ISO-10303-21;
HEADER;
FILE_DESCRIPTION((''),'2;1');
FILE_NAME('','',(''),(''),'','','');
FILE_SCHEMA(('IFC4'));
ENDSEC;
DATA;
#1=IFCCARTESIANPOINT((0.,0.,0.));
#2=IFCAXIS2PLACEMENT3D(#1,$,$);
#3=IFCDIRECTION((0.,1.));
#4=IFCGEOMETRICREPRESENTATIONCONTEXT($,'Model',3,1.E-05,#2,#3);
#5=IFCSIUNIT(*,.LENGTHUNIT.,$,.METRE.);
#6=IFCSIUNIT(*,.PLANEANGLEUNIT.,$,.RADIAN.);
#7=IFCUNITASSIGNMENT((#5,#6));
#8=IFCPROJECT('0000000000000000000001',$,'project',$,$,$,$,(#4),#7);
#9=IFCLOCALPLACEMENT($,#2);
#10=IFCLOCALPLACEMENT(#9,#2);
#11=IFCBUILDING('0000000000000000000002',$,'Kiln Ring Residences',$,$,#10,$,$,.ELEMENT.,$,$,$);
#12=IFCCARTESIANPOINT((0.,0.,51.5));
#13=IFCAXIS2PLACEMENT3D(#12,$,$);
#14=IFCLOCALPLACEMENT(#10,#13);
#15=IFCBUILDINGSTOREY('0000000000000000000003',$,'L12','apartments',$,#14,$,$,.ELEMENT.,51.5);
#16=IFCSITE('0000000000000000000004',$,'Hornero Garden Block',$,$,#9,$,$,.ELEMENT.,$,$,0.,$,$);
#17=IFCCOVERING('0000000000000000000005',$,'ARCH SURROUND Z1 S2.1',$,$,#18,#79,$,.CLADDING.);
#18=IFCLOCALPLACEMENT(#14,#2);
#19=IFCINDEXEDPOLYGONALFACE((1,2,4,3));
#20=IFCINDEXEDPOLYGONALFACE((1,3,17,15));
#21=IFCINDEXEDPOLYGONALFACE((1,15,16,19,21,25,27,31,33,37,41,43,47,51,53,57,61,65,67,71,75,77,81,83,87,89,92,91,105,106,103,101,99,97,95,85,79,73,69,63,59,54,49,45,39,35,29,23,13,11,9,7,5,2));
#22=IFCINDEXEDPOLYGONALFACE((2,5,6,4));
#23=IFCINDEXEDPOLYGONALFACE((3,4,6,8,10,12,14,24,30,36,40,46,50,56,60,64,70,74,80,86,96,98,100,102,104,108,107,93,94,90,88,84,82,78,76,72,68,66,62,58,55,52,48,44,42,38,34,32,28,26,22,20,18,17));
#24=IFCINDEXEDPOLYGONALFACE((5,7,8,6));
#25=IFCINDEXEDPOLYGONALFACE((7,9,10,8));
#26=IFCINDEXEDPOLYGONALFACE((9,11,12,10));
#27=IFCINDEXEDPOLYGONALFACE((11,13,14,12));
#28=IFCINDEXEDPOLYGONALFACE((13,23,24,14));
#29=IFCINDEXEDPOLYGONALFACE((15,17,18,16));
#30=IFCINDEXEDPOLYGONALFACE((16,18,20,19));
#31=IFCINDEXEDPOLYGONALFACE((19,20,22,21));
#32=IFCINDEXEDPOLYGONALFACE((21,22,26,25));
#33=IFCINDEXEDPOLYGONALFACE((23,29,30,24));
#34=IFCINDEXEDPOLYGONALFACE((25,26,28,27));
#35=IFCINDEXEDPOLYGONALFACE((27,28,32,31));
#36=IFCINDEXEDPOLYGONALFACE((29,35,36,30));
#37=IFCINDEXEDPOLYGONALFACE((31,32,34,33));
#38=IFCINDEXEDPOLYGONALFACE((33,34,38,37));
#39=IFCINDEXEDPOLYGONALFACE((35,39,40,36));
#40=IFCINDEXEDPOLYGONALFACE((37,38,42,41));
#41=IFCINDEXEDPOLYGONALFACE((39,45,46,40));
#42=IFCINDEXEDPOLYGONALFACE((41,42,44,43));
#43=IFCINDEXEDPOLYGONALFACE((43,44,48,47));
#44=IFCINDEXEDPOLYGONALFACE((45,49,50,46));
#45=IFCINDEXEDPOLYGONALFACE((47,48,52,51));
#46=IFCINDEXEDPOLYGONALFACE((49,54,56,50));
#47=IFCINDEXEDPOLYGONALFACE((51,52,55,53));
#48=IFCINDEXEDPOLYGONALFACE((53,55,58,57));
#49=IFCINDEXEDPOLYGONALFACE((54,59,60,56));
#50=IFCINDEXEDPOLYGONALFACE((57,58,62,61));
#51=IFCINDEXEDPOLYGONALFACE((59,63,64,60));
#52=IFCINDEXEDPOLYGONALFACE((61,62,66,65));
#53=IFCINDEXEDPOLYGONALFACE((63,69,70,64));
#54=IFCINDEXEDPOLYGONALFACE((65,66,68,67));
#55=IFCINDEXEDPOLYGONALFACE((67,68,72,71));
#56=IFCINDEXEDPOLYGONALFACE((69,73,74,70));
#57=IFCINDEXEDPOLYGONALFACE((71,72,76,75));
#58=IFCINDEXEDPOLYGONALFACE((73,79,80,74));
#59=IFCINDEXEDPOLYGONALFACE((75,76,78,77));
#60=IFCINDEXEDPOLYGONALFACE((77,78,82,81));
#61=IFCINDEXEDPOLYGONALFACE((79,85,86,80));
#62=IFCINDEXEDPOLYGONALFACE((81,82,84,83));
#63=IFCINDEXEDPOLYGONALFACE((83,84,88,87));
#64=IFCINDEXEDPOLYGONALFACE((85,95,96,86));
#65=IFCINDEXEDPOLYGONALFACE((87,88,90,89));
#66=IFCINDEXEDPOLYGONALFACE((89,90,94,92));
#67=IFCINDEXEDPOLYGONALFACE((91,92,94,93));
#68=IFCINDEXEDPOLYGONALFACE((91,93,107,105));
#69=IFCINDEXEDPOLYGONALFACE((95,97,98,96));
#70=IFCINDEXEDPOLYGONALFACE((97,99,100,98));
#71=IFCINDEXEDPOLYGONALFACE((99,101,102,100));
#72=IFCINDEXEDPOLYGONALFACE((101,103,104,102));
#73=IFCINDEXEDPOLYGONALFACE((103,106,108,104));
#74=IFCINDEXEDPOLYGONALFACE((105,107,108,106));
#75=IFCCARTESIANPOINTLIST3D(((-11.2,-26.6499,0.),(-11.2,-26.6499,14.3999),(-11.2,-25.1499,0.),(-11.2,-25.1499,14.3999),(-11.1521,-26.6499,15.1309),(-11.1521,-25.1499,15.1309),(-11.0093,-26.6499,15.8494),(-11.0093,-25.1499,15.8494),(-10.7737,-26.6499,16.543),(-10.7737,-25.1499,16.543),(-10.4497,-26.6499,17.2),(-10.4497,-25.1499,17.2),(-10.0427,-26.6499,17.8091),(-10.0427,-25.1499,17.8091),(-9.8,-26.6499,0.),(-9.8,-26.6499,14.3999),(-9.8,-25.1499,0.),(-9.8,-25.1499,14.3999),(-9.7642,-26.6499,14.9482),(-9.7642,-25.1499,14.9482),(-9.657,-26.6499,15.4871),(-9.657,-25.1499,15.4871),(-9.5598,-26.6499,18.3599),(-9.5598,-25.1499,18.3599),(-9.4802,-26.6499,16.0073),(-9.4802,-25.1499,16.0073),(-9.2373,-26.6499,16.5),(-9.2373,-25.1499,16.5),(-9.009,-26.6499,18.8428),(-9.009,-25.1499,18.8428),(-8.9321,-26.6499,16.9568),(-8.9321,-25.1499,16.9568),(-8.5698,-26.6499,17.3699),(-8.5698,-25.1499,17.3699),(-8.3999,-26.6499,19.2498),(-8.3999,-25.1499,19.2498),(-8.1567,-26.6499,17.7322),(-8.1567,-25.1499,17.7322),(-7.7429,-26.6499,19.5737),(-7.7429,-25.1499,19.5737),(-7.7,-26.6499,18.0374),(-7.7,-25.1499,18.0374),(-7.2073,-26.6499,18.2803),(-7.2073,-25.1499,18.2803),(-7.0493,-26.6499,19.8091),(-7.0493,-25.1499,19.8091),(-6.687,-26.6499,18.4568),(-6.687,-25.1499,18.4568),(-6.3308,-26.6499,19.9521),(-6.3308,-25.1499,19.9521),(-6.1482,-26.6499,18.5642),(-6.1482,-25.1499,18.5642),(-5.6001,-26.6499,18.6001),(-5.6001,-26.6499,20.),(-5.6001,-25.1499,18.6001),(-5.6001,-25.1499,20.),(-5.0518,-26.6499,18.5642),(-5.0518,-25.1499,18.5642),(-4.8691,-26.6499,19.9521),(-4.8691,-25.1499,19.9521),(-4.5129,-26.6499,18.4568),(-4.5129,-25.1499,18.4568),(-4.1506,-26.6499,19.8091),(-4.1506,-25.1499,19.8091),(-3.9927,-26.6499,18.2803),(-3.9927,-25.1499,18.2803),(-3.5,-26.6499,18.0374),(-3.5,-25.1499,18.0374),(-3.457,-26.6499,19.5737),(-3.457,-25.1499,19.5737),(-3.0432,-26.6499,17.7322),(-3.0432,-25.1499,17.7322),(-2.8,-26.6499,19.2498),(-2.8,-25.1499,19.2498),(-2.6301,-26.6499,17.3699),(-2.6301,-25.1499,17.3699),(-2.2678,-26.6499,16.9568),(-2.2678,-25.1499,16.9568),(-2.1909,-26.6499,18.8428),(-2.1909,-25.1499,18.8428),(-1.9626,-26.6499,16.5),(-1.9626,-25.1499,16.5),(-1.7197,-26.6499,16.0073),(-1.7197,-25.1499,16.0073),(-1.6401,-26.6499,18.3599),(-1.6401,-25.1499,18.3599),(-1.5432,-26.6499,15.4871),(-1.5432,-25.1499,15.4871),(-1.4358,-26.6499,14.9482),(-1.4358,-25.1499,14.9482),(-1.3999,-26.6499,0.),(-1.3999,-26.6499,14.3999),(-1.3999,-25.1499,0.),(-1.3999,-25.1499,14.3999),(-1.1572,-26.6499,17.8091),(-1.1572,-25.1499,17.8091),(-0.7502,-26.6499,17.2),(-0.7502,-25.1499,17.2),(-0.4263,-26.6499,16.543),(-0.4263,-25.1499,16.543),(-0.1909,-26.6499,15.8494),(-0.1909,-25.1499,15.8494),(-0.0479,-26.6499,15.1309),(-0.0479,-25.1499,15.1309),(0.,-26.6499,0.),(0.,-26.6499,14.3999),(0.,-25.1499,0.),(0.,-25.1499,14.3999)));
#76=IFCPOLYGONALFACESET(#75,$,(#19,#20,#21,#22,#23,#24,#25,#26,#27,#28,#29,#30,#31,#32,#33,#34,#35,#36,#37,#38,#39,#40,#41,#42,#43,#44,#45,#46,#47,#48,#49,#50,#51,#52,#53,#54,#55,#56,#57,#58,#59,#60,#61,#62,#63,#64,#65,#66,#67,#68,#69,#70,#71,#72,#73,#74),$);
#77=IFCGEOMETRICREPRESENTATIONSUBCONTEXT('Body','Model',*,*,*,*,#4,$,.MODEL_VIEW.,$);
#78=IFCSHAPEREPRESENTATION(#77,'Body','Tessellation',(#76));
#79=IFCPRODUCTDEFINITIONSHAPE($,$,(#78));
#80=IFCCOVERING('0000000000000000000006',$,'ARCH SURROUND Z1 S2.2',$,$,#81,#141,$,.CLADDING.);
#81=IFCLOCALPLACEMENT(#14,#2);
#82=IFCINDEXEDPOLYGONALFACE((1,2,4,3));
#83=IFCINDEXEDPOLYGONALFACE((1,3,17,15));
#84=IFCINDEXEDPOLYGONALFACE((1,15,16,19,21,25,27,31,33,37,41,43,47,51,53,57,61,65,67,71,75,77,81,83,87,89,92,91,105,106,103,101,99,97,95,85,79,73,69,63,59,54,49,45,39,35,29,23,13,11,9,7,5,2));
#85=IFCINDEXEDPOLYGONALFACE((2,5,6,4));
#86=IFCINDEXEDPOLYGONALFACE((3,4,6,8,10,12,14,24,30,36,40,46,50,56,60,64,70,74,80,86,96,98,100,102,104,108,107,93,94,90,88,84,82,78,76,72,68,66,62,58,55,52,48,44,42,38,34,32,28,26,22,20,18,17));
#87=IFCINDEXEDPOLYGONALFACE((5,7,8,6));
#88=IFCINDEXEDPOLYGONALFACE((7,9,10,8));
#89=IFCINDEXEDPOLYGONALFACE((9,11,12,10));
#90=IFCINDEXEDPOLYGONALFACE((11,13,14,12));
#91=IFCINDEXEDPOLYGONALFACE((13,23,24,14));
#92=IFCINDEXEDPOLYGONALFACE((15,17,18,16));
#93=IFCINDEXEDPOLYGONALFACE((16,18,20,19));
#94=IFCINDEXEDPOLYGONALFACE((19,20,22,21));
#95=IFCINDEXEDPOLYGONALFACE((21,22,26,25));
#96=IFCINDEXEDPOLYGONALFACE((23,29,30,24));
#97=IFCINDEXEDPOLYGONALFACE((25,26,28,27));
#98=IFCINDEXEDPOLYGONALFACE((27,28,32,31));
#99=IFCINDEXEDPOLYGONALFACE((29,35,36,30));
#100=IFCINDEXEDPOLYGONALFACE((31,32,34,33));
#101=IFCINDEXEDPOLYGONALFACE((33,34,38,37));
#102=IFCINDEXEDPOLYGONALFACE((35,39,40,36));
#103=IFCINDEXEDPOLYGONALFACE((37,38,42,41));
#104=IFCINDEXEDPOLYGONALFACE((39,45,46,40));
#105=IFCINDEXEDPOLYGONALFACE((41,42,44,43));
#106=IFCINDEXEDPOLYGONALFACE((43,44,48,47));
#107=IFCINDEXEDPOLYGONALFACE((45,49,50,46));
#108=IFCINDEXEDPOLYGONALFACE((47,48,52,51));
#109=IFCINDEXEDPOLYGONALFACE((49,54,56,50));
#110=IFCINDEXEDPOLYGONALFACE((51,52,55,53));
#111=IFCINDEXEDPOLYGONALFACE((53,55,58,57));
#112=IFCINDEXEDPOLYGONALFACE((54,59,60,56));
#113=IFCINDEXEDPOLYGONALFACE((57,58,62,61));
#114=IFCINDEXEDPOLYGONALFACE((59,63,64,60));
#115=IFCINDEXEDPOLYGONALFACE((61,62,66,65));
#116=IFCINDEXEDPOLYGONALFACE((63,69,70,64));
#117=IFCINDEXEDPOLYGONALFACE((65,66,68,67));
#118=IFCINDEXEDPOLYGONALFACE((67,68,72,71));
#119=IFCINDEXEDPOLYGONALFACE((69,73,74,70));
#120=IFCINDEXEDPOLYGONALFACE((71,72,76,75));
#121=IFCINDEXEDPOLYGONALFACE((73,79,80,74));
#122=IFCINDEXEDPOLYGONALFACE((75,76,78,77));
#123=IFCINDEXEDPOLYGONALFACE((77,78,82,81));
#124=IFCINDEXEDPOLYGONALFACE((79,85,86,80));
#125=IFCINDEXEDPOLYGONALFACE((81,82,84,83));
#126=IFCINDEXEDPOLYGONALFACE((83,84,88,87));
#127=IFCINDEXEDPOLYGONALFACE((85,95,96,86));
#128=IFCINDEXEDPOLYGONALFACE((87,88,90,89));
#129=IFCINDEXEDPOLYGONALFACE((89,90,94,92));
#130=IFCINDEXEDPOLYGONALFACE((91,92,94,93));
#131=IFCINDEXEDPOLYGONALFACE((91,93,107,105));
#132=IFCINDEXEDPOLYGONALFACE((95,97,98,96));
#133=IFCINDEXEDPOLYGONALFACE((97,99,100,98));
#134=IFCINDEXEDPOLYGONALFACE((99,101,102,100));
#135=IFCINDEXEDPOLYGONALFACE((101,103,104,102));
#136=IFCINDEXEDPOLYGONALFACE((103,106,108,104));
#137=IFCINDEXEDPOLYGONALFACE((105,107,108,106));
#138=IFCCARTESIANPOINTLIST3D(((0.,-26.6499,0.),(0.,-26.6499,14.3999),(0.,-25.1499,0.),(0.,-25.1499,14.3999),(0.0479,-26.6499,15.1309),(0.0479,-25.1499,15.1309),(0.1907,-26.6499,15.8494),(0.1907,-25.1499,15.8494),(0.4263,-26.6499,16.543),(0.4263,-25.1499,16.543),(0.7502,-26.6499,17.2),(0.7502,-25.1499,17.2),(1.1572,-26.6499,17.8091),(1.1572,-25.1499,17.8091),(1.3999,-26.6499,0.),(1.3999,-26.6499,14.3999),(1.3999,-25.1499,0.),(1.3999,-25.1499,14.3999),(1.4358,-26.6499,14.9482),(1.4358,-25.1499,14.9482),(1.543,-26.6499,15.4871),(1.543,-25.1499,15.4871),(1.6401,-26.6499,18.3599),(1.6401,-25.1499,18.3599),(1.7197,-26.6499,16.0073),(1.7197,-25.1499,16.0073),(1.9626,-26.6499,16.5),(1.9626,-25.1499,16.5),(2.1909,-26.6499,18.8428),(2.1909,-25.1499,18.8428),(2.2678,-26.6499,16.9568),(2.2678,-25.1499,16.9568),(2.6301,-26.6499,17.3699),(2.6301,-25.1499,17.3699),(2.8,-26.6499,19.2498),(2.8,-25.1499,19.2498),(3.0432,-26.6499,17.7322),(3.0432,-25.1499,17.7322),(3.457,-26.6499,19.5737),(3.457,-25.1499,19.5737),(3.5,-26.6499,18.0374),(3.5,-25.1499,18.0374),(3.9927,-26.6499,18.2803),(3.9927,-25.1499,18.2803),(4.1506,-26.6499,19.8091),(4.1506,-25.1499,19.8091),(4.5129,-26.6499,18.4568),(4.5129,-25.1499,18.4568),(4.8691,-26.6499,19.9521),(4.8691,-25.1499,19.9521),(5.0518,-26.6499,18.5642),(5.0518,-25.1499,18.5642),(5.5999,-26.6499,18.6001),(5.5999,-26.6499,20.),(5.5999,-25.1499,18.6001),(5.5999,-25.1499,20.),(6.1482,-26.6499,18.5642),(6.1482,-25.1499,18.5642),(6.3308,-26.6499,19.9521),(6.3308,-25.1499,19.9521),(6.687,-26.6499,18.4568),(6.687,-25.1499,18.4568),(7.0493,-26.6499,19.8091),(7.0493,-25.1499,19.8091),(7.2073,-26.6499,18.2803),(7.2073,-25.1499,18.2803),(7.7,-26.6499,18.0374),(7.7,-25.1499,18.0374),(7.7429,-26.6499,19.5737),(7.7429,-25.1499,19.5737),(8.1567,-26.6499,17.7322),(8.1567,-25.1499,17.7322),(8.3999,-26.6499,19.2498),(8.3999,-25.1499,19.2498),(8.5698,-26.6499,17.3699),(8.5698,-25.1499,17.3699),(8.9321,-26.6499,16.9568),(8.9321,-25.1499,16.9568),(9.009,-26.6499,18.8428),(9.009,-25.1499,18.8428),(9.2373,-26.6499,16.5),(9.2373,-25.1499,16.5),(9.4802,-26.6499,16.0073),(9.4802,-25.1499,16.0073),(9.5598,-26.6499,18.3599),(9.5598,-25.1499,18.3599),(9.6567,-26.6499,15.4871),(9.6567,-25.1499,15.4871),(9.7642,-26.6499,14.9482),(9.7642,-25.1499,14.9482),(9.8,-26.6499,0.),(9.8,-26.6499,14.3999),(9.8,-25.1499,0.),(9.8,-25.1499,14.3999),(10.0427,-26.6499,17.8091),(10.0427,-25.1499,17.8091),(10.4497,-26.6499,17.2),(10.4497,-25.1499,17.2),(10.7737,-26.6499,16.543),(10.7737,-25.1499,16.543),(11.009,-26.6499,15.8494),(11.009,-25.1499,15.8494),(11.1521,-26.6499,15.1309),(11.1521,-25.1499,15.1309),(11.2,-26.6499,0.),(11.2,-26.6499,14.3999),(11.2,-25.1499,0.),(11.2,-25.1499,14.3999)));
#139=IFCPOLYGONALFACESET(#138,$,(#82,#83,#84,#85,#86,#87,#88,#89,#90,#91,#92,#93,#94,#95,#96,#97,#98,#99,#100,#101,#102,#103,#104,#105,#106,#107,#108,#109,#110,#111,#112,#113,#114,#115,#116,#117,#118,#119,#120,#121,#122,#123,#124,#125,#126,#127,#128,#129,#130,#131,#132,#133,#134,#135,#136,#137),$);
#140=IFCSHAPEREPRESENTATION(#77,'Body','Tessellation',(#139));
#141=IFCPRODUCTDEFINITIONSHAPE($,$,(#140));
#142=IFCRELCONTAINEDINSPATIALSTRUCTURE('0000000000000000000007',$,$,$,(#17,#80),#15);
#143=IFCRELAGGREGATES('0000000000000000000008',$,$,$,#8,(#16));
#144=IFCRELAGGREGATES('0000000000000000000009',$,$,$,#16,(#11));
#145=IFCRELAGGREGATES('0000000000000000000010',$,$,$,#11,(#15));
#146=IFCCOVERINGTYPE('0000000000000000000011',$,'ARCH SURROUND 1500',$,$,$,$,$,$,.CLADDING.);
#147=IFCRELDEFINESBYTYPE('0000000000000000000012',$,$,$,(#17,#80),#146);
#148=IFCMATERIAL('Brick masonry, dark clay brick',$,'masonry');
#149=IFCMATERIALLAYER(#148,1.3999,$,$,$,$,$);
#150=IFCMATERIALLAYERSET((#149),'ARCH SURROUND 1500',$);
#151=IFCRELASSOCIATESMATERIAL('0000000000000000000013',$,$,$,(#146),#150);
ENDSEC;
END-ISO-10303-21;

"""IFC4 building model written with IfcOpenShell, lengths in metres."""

from ifc_helpers import new_model, si_unit, direction, frame, origin, place, context, subcontext, project, spatial, polyline, outline, extrude, material, layer, layer_set, type_object, element, save


model = new_model("IFC4")

# Units and contexts
model_context = context("Model", 3, precision=1e-05, world=origin(), true_north=direction((0.0, 1.0)))
body_context = subcontext(model_context, "Body", "Model", "MODEL_VIEW")
ifc_project = project(units=[si_unit("LENGTHUNIT", "METRE"), si_unit("PLANEANGLEUNIT", "RADIAN")], contexts=[model_context])

# Site, building, storey
site_placement = place(None, origin())
site = spatial("IfcSite", under=ifc_project, at=site_placement, Name="Hornero Garden Block", CompositionType="ELEMENT", RefElevation=0.0)
building_placement = place(site_placement, origin())
building = spatial("IfcBuilding", under=site, at=building_placement, Name="Kiln Ring Residences", CompositionType="ELEMENT")
storey_placement = place(building_placement, frame((0.0, 0.0, 51.5)))
storey = spatial("IfcBuildingStorey", under=building, at=storey_placement, Name="L12", Description="apartments", CompositionType="ELEMENT", Elevation=51.5)

# Coverings
ifc_material_1 = material(Name="Brick masonry, dark clay brick", Category="masonry")
ifc_layer_1 = layer(ifc_material_1, 1.3999)
ifc_layer_set_1 = layer_set([ifc_layer_1], Name="ARCH SURROUND 1500")
covering_type = type_object("IfcCoveringType", Name="ARCH SURROUND 1500", PredefinedType="CLADDING", material=ifc_layer_set_1)
covering_1_placement = place(storey_placement, frame((0.0, -25.8999, 0.0), z_axis=(0.0, 0.0, 1.0), x_axis=(-1.0, 0.0, 0.0)))
element("IfcCovering", 1, at=covering_1_placement, inside=storey, type_object=covering_type, Name="ARCH SURROUND Z1 S2.1", PredefinedType="CLADDING", context=body_context, shape_type="SweptSolid", body=[
    extrude(outline(polyline([(11.2, 0.0), (11.2, 14.3999), (11.1521, 15.1309), (11.0093, 15.8494), (10.7737, 16.543), (10.4497, 17.2), (10.0427, 17.8091), (9.5598, 18.3599), (9.009, 18.8428), (8.3999, 19.2498), (7.7429, 19.5737), (7.0493, 19.8091), (6.3308, 19.9521), (5.6001, 20.0), (4.8691, 19.9521), (4.1506, 19.8091), (3.457, 19.5737), (2.8, 19.2498), (2.1909, 18.8428), (1.6401, 18.3599), (1.1572, 17.8091), (0.7502, 17.2), (0.4263, 16.543), (0.1909, 15.8494), (0.0479, 15.1309), (0.0, 14.3999), (0.0, 0.0), (1.3999, 0.0), (1.3999, 14.3999), (1.4358, 14.9482), (1.5432, 15.4871), (1.7197, 16.0073), (1.9626, 16.5), (2.2678, 16.9568), (2.6301, 17.3699), (3.0432, 17.7322), (3.5, 18.0374), (3.9927, 18.2803), (4.5129, 18.4568), (5.0518, 18.5642), (5.6001, 18.6001), (6.1482, 18.5642), (6.687, 18.4568), (7.2073, 18.2803), (7.7, 18.0374), (8.1567, 17.7322), (8.5698, 17.3699), (8.9321, 16.9568), (9.2373, 16.5), (9.4802, 16.0073), (9.657, 15.4871), (9.7642, 14.9482), (9.8, 14.3999), (9.8, 0.0), (11.2, 0.0)])), frame((0.0, 0.75, 0.0), z_axis=(0.0, -1.0, 0.0), x_axis=(1.0, 0.0, 0.0)), (0.0, 0.0, 1.0), 1.5),
])
covering_2_placement = place(storey_placement, frame((11.2, -25.8999, 0.0), z_axis=(0.0, 0.0, 1.0), x_axis=(-1.0, 0.0, 0.0)))
element("IfcCovering", 2, at=covering_2_placement, inside=storey, type_object=covering_type, Name="ARCH SURROUND Z1 S2.2", PredefinedType="CLADDING", context=body_context, shape_type="SweptSolid", body=[
    extrude(outline(polyline([(11.2, 0.0), (11.2, 14.3999), (11.1521, 15.1309), (11.0093, 15.8494), (10.7737, 16.543), (10.4497, 17.2), (10.0427, 17.8091), (9.5598, 18.3599), (9.009, 18.8428), (8.3999, 19.2498), (7.7429, 19.5737), (7.0493, 19.8091), (6.3308, 19.9521), (5.6001, 20.0), (4.8691, 19.9521), (4.1506, 19.8091), (3.457, 19.5737), (2.8, 19.2498), (2.1909, 18.8428), (1.6401, 18.3599), (1.1572, 17.8091), (0.7502, 17.2), (0.4263, 16.543), (0.1909, 15.8494), (0.0479, 15.1309), (0.0, 14.3999), (0.0, 0.0), (1.3999, 0.0), (1.3999, 14.3999), (1.4358, 14.9482), (1.5432, 15.4871), (1.7197, 16.0073), (1.9626, 16.5), (2.2678, 16.9568), (2.6301, 17.3699), (3.0432, 17.7322), (3.5, 18.0374), (3.9927, 18.2803), (4.5129, 18.4568), (5.0518, 18.5642), (5.6001, 18.6001), (6.1482, 18.5642), (6.687, 18.4568), (7.2073, 18.2803), (7.7, 18.0374), (8.1567, 17.7322), (8.5698, 17.3699), (8.9321, 16.9568), (9.2373, 16.5), (9.4802, 16.0073), (9.657, 15.4871), (9.7642, 14.9482), (9.8, 14.3999), (9.8, 0.0), (11.2, 0.0)])), frame((0.0, 0.75, 0.0), z_axis=(0.0, -1.0, 0.0), x_axis=(1.0, 0.0, 0.0)), (0.0, 0.0, 1.0), 1.5),
])

save(model, "model.ifc")
